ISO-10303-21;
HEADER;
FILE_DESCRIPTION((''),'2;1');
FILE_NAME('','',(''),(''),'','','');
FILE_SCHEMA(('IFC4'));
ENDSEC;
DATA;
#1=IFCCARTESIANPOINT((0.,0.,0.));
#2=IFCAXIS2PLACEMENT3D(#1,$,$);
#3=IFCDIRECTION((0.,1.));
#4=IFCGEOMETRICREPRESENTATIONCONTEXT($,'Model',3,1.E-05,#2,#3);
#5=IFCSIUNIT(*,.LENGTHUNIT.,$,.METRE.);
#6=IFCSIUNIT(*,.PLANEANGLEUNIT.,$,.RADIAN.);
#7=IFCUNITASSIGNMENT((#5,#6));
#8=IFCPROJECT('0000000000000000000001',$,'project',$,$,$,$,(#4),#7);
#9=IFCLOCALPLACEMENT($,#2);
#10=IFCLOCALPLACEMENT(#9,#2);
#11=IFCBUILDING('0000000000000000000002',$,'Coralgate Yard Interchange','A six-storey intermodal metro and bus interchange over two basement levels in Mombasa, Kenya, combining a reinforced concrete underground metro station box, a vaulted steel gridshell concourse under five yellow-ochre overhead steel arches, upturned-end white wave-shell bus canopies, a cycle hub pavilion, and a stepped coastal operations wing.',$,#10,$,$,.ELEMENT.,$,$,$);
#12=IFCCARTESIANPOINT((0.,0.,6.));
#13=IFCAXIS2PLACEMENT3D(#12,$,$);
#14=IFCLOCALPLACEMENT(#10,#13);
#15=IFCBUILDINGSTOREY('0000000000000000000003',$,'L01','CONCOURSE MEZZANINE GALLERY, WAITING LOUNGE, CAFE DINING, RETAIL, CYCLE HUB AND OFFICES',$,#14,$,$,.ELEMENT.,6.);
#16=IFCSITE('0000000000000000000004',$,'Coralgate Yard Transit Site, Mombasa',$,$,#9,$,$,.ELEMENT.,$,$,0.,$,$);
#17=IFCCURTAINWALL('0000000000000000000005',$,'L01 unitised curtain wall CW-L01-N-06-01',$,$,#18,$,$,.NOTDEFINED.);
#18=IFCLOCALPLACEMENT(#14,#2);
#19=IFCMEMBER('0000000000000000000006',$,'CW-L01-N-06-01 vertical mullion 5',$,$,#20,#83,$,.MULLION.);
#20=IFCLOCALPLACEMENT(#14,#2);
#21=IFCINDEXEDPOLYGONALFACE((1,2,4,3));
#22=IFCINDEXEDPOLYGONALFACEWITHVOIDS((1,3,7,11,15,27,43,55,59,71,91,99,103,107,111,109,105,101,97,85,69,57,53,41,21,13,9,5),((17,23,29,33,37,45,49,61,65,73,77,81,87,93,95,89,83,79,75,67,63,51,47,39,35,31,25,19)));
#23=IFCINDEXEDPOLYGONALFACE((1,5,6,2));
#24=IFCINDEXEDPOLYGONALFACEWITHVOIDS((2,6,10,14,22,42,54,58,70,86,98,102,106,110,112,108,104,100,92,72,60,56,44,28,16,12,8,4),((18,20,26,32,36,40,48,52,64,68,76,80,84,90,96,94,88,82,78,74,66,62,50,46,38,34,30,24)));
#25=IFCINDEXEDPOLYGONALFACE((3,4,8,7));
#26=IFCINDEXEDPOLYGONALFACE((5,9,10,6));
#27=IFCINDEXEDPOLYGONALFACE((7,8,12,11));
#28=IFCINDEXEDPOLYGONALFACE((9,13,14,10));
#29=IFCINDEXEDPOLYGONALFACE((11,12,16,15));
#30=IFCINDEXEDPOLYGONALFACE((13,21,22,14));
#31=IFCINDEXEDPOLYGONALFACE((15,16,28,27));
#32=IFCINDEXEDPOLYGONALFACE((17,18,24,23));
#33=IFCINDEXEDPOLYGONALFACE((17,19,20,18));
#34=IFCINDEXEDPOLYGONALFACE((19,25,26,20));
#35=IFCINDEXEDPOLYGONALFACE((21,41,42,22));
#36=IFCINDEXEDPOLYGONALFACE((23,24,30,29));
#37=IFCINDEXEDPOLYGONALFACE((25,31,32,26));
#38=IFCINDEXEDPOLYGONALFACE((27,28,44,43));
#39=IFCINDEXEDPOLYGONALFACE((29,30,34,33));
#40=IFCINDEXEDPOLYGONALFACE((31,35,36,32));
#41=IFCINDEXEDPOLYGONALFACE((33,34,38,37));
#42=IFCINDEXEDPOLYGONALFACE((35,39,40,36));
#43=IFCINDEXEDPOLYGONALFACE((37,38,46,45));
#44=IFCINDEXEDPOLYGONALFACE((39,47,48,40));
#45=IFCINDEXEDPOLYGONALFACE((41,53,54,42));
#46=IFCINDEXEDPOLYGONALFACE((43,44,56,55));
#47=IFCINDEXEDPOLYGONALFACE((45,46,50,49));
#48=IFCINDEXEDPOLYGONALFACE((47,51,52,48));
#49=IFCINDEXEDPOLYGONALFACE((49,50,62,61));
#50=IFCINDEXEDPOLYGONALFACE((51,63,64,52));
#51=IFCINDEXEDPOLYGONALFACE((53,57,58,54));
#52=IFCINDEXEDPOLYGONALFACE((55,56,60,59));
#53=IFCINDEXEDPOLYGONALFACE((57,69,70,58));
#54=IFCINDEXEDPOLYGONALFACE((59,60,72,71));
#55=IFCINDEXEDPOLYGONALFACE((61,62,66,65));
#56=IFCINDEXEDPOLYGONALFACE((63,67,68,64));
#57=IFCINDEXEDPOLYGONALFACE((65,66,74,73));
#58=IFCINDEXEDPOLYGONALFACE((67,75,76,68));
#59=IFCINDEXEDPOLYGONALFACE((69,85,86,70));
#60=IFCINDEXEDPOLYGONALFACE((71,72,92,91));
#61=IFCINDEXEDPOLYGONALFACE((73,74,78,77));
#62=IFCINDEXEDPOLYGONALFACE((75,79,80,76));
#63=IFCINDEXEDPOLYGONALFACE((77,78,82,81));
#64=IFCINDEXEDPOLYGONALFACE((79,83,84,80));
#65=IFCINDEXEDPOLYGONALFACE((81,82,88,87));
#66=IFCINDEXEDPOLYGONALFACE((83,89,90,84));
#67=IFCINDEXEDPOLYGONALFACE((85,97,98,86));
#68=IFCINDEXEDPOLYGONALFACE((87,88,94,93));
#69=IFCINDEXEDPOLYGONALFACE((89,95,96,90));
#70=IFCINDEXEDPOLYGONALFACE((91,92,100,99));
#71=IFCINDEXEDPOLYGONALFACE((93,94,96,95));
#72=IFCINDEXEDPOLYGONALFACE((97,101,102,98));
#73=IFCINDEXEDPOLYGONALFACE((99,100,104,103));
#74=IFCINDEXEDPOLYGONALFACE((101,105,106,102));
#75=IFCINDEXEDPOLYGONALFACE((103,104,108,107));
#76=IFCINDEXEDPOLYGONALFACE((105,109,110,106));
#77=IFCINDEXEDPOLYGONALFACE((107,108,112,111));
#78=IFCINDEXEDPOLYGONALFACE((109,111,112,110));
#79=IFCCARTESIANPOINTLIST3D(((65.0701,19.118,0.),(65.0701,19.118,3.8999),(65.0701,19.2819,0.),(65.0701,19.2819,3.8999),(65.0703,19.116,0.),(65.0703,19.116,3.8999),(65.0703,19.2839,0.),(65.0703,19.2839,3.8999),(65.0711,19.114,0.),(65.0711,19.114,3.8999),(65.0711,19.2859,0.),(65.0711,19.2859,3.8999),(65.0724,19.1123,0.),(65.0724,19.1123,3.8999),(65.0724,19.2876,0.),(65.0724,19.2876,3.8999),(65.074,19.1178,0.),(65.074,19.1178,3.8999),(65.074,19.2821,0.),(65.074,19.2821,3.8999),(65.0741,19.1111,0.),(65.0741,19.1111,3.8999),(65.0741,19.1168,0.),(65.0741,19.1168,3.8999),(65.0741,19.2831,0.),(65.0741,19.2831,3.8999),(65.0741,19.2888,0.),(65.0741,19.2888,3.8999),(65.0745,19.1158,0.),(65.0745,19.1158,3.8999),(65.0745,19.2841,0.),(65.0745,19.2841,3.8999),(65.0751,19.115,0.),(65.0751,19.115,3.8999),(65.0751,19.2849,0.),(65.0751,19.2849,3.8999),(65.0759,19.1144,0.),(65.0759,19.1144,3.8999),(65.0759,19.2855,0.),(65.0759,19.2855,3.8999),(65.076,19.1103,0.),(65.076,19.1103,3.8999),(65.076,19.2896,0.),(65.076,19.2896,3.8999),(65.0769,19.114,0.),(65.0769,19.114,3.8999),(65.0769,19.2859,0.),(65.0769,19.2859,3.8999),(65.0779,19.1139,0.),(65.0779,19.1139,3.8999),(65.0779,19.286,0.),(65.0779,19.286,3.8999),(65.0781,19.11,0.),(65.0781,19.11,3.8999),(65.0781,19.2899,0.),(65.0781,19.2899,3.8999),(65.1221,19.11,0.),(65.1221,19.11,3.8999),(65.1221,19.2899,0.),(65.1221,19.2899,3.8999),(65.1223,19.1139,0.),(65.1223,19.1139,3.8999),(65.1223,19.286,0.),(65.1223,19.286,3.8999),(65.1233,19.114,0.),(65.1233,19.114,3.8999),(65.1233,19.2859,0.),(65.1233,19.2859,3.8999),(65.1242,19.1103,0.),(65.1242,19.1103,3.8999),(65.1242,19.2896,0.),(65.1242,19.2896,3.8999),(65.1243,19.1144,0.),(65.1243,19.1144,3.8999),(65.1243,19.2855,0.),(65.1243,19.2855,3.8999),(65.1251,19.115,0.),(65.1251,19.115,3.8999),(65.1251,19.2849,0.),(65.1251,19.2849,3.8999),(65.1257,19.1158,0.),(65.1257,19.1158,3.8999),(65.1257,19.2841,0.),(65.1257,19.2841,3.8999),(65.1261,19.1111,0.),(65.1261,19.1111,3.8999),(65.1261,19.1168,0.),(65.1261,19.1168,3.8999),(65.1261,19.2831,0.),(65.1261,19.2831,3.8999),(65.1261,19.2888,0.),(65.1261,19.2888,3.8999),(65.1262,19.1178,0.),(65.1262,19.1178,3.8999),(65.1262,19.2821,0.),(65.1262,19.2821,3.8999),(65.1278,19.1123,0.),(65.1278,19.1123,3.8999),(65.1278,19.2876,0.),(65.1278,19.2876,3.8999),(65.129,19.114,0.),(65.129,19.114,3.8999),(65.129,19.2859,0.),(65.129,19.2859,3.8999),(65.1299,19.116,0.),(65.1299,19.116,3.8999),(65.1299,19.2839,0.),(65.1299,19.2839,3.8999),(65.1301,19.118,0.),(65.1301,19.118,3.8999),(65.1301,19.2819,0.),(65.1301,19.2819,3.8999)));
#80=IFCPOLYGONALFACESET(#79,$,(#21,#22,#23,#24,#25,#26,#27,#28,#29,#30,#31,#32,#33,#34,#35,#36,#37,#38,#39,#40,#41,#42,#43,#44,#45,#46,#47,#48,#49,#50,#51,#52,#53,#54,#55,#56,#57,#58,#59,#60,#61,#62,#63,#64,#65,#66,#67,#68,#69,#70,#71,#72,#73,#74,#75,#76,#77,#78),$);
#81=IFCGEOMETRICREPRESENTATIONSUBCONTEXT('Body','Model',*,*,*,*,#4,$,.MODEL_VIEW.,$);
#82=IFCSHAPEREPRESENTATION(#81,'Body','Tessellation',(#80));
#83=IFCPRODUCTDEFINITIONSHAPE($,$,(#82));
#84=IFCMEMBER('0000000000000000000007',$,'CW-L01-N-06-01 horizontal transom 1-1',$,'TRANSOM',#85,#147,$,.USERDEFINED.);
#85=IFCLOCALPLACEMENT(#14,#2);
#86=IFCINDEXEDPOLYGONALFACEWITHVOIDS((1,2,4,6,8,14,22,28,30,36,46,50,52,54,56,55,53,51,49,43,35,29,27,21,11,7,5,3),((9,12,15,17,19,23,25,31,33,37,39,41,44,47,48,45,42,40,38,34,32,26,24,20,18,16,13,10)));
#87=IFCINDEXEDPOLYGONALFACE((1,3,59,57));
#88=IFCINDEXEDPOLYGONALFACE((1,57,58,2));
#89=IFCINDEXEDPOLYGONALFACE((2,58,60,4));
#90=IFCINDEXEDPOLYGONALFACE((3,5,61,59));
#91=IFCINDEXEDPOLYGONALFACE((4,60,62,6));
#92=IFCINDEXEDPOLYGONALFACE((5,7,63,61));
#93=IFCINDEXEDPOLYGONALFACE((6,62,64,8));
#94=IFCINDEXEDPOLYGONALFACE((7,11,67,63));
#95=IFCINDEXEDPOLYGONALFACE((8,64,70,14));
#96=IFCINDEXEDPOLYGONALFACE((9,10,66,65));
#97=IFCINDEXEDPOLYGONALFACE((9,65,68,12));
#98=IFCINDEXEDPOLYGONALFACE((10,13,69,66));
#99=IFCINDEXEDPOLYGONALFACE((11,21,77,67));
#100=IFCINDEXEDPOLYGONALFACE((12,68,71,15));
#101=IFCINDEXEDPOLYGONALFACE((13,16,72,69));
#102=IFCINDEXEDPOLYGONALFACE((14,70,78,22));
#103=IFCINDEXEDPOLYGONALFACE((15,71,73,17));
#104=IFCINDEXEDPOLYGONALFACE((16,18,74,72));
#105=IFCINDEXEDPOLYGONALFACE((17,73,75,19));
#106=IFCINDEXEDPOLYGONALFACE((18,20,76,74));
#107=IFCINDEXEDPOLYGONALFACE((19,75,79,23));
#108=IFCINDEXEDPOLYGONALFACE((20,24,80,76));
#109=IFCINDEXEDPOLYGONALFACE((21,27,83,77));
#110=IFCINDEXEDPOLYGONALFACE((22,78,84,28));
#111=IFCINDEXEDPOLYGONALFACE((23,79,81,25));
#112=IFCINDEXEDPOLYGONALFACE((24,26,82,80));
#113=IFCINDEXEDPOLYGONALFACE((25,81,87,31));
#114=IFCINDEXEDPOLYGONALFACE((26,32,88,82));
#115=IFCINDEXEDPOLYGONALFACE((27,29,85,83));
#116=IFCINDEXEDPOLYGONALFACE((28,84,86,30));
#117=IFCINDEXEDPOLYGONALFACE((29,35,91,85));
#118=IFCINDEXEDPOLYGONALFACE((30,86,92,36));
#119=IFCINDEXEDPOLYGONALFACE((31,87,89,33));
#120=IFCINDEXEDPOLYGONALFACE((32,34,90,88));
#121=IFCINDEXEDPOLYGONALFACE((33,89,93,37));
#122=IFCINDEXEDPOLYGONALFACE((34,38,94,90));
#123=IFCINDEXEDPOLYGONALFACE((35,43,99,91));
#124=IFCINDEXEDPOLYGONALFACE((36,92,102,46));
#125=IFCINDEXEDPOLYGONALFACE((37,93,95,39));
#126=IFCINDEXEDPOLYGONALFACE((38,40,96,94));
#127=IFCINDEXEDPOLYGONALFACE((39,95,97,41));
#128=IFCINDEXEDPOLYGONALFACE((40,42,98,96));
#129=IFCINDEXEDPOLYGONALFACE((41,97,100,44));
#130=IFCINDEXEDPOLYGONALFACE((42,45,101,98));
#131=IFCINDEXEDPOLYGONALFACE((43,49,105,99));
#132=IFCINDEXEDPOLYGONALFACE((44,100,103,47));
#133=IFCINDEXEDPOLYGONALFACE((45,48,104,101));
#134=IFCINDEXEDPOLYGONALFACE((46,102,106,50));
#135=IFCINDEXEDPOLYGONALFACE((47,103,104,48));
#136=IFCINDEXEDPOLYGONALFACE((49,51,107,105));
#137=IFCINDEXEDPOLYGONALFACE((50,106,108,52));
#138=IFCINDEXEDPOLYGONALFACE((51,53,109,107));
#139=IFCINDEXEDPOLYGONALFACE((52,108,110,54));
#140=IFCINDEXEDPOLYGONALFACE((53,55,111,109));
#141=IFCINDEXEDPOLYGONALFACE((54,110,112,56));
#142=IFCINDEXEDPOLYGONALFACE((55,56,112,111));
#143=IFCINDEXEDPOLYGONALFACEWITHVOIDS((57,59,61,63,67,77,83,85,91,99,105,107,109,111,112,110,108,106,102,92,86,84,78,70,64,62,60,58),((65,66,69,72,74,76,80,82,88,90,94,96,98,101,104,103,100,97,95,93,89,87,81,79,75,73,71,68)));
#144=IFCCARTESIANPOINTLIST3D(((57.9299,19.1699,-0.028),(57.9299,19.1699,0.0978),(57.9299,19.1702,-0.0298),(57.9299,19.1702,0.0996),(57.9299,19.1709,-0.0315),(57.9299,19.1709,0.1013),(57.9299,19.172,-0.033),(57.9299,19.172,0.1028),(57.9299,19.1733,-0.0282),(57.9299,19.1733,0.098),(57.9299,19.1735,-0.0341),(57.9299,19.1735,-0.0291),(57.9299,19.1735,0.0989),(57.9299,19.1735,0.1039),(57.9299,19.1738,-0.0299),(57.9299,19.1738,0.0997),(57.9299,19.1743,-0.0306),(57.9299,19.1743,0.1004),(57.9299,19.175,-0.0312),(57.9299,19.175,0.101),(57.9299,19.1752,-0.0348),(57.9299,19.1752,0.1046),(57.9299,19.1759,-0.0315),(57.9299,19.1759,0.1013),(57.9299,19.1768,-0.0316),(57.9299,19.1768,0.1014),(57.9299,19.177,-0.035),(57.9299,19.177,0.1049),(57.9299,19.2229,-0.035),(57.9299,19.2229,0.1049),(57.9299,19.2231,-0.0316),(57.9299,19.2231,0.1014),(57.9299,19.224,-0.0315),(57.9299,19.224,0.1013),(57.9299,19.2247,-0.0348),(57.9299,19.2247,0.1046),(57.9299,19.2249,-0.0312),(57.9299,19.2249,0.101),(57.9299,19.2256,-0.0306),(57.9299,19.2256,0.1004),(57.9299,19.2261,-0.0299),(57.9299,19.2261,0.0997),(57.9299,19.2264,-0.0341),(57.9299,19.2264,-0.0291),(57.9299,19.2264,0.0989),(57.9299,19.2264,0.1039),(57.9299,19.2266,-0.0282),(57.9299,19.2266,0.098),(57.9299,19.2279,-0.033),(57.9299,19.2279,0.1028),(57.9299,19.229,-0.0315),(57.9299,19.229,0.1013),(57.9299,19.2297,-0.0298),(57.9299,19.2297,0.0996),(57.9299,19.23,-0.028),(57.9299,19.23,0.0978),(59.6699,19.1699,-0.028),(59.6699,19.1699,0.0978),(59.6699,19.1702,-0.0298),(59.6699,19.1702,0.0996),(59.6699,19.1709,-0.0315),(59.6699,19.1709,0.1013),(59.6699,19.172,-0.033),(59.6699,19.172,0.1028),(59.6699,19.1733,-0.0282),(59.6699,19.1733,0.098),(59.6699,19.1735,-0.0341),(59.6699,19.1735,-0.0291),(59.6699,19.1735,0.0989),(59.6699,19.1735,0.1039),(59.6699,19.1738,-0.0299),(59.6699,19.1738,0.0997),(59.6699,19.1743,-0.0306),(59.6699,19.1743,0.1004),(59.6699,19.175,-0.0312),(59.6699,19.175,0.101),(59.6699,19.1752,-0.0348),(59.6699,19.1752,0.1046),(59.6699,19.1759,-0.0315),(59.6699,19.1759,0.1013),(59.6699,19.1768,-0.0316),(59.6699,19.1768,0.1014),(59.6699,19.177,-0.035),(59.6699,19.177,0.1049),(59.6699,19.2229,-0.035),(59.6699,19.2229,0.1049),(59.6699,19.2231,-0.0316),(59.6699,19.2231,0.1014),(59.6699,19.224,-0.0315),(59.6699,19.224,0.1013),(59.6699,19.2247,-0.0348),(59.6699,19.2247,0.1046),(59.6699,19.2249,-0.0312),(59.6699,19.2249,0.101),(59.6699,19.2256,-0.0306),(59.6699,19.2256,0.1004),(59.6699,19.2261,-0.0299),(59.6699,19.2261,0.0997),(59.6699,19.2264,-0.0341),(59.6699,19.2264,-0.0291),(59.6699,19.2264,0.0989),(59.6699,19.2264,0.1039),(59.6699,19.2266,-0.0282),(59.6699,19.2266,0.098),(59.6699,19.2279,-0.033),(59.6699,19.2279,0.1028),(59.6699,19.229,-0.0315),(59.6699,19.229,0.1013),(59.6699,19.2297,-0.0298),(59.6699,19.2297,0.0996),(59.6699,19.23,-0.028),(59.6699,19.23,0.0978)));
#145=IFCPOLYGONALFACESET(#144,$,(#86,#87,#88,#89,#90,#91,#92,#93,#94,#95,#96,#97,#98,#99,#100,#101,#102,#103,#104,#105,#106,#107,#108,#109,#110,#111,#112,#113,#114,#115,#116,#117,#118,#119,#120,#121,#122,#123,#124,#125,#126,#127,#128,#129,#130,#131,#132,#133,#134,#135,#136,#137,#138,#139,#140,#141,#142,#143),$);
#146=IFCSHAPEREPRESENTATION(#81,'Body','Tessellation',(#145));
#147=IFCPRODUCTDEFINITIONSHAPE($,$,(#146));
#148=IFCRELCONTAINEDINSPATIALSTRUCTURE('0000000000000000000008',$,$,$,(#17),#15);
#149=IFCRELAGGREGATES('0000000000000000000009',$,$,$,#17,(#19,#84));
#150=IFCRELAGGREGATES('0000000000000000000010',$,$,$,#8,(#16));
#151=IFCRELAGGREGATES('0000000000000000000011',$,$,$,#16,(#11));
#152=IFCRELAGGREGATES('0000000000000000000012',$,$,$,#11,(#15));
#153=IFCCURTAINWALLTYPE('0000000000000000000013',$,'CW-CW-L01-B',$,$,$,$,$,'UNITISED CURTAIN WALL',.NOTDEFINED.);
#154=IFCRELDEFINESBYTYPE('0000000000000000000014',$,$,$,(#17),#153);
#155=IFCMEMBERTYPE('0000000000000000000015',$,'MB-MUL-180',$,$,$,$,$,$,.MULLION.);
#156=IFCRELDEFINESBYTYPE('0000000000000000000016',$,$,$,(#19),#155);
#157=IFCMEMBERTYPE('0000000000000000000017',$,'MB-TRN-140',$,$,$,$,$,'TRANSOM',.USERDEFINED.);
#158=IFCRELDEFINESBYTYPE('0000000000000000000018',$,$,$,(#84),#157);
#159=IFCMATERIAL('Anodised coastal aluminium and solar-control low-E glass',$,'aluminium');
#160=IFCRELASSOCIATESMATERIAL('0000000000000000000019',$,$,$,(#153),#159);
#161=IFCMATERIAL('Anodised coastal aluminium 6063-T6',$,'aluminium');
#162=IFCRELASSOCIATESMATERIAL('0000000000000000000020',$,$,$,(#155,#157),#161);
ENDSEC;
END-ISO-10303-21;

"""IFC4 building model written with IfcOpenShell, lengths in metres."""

from ifc_helpers import new_model, si_unit, direction, frame, origin, origin_2d, place, context, subcontext, project, spatial, hollow_rectangle, extrude, material, material_profile, profile_set, type_object, element, aggregate, save


model = new_model("IFC4")

# Units and contexts
model_context = context("Model", 3, precision=1e-05, world=origin(), true_north=direction((0.0, 1.0)))
body_context = subcontext(model_context, "Body", "Model", "MODEL_VIEW")
ifc_project = project(units=[si_unit("LENGTHUNIT", "METRE"), si_unit("PLANEANGLEUNIT", "RADIAN")], contexts=[model_context])

# Site, building, storey
site_placement = place(None, origin())
site = spatial("IfcSite", under=ifc_project, at=site_placement, Name="Coralgate Yard Transit Site, Mombasa", CompositionType="ELEMENT", RefElevation=0.0)
building_placement = place(site_placement, origin())
building = spatial("IfcBuilding", under=site, at=building_placement, Name="Coralgate Yard Interchange", Description="A six-storey intermodal metro and bus interchange over two basement levels in Mombasa, Kenya, combining a reinforced concrete underground metro station box, a vaulted steel gridshell concourse under five yellow-ochre overhead steel arches, upturned-end white wave-shell bus canopies, a cycle hub pavilion, and a stepped coastal operations wing.", CompositionType="ELEMENT")
storey_placement = place(building_placement, frame((0.0, 0.0, 6.0)))
storey = spatial("IfcBuildingStorey", under=building, at=storey_placement, Name="L01", Description="CONCOURSE MEZZANINE GALLERY, WAITING LOUNGE, CAFE DINING, RETAIL, CYCLE HUB AND OFFICES", CompositionType="ELEMENT", Elevation=6.0)

# Curtain wall, members
ifc_material_1 = material(Name="Anodised coastal aluminium and solar-control low-E glass", Category="aluminium")
curtain_wall_type = type_object("IfcCurtainWallType", Name="CW-CW-L01-B", ElementType="UNITISED CURTAIN WALL", PredefinedType="NOTDEFINED", material=ifc_material_1)
curtain_wall_placement = place(storey_placement, origin())
curtain_wall = element("IfcCurtainWall", 1, at=curtain_wall_placement, inside=storey, type_object=curtain_wall_type, Name="L01 unitised curtain wall CW-L01-N-06-01", PredefinedType="NOTDEFINED")
ifc_material_2 = material(Name="Anodised coastal aluminium 6063-T6", Category="aluminium")
ifc_material_profile_1 = material_profile(ifc_material_2, hollow_rectangle(XDim=0.0601, YDim=0.1799, WallThickness=0.0039, InnerFilletRadius=0.0039, OuterFilletRadius=0.0081, at=origin_2d()), Name="ALU 60x180x4")
ifc_profile_set_1 = profile_set([ifc_material_profile_1], Name="Anodised coastal aluminium 6063-T6")
member_type_1 = type_object("IfcMemberType", Name="MB-MUL-180", PredefinedType="MULLION", material=ifc_profile_set_1)
member_1_placement = place(storey_placement, frame((65.1001, 19.2, 0.0), z_axis=(0.0, 0.0, 1.0), x_axis=(1.0, 0.0, 0.0)))
member_1 = element("IfcMember", 2, at=member_1_placement, type_object=member_type_1, Name="CW-L01-N-06-01 vertical mullion 5", PredefinedType="MULLION", context=body_context, shape_type="SweptSolid", body=[
    extrude(hollow_rectangle(XDim=0.0601, YDim=0.1799, WallThickness=0.0039, InnerFilletRadius=0.0039, OuterFilletRadius=0.0081, at=origin_2d()), origin(), (0.0, 0.0, 1.0), 3.8999),
])
ifc_material_profile_2 = material_profile(ifc_material_2, hollow_rectangle(XDim=0.0601, YDim=0.1399, WallThickness=0.0034, InnerFilletRadius=0.0034, OuterFilletRadius=0.0071, at=origin_2d()), Name="ALU 60x140x3.5")
ifc_profile_set_2 = profile_set([ifc_material_profile_2], Name="Anodised coastal aluminium 6063-T6")
member_type_2 = type_object("IfcMemberType", Name="MB-TRN-140", ElementType="TRANSOM", PredefinedType="USERDEFINED", material=ifc_profile_set_2)
member_2_placement = place(storey_placement, frame((57.9299, 19.2, 0.0349), z_axis=(1.0, 0.0, 0.0), x_axis=(0.0, 1.0, 0.0)))
member_2 = element("IfcMember", 3, at=member_2_placement, type_object=member_type_2, Name="CW-L01-N-06-01 horizontal transom 1-1", ObjectType="TRANSOM", PredefinedType="USERDEFINED", context=body_context, shape_type="SweptSolid", body=[
    extrude(hollow_rectangle(XDim=0.0601, YDim=0.1399, WallThickness=0.0034, InnerFilletRadius=0.0034, OuterFilletRadius=0.0071, at=origin_2d()), origin(), (0.0, 0.0, 1.0), 1.74),
])
aggregate(curtain_wall, [member_1, member_2])

save(model, "model.ifc")
